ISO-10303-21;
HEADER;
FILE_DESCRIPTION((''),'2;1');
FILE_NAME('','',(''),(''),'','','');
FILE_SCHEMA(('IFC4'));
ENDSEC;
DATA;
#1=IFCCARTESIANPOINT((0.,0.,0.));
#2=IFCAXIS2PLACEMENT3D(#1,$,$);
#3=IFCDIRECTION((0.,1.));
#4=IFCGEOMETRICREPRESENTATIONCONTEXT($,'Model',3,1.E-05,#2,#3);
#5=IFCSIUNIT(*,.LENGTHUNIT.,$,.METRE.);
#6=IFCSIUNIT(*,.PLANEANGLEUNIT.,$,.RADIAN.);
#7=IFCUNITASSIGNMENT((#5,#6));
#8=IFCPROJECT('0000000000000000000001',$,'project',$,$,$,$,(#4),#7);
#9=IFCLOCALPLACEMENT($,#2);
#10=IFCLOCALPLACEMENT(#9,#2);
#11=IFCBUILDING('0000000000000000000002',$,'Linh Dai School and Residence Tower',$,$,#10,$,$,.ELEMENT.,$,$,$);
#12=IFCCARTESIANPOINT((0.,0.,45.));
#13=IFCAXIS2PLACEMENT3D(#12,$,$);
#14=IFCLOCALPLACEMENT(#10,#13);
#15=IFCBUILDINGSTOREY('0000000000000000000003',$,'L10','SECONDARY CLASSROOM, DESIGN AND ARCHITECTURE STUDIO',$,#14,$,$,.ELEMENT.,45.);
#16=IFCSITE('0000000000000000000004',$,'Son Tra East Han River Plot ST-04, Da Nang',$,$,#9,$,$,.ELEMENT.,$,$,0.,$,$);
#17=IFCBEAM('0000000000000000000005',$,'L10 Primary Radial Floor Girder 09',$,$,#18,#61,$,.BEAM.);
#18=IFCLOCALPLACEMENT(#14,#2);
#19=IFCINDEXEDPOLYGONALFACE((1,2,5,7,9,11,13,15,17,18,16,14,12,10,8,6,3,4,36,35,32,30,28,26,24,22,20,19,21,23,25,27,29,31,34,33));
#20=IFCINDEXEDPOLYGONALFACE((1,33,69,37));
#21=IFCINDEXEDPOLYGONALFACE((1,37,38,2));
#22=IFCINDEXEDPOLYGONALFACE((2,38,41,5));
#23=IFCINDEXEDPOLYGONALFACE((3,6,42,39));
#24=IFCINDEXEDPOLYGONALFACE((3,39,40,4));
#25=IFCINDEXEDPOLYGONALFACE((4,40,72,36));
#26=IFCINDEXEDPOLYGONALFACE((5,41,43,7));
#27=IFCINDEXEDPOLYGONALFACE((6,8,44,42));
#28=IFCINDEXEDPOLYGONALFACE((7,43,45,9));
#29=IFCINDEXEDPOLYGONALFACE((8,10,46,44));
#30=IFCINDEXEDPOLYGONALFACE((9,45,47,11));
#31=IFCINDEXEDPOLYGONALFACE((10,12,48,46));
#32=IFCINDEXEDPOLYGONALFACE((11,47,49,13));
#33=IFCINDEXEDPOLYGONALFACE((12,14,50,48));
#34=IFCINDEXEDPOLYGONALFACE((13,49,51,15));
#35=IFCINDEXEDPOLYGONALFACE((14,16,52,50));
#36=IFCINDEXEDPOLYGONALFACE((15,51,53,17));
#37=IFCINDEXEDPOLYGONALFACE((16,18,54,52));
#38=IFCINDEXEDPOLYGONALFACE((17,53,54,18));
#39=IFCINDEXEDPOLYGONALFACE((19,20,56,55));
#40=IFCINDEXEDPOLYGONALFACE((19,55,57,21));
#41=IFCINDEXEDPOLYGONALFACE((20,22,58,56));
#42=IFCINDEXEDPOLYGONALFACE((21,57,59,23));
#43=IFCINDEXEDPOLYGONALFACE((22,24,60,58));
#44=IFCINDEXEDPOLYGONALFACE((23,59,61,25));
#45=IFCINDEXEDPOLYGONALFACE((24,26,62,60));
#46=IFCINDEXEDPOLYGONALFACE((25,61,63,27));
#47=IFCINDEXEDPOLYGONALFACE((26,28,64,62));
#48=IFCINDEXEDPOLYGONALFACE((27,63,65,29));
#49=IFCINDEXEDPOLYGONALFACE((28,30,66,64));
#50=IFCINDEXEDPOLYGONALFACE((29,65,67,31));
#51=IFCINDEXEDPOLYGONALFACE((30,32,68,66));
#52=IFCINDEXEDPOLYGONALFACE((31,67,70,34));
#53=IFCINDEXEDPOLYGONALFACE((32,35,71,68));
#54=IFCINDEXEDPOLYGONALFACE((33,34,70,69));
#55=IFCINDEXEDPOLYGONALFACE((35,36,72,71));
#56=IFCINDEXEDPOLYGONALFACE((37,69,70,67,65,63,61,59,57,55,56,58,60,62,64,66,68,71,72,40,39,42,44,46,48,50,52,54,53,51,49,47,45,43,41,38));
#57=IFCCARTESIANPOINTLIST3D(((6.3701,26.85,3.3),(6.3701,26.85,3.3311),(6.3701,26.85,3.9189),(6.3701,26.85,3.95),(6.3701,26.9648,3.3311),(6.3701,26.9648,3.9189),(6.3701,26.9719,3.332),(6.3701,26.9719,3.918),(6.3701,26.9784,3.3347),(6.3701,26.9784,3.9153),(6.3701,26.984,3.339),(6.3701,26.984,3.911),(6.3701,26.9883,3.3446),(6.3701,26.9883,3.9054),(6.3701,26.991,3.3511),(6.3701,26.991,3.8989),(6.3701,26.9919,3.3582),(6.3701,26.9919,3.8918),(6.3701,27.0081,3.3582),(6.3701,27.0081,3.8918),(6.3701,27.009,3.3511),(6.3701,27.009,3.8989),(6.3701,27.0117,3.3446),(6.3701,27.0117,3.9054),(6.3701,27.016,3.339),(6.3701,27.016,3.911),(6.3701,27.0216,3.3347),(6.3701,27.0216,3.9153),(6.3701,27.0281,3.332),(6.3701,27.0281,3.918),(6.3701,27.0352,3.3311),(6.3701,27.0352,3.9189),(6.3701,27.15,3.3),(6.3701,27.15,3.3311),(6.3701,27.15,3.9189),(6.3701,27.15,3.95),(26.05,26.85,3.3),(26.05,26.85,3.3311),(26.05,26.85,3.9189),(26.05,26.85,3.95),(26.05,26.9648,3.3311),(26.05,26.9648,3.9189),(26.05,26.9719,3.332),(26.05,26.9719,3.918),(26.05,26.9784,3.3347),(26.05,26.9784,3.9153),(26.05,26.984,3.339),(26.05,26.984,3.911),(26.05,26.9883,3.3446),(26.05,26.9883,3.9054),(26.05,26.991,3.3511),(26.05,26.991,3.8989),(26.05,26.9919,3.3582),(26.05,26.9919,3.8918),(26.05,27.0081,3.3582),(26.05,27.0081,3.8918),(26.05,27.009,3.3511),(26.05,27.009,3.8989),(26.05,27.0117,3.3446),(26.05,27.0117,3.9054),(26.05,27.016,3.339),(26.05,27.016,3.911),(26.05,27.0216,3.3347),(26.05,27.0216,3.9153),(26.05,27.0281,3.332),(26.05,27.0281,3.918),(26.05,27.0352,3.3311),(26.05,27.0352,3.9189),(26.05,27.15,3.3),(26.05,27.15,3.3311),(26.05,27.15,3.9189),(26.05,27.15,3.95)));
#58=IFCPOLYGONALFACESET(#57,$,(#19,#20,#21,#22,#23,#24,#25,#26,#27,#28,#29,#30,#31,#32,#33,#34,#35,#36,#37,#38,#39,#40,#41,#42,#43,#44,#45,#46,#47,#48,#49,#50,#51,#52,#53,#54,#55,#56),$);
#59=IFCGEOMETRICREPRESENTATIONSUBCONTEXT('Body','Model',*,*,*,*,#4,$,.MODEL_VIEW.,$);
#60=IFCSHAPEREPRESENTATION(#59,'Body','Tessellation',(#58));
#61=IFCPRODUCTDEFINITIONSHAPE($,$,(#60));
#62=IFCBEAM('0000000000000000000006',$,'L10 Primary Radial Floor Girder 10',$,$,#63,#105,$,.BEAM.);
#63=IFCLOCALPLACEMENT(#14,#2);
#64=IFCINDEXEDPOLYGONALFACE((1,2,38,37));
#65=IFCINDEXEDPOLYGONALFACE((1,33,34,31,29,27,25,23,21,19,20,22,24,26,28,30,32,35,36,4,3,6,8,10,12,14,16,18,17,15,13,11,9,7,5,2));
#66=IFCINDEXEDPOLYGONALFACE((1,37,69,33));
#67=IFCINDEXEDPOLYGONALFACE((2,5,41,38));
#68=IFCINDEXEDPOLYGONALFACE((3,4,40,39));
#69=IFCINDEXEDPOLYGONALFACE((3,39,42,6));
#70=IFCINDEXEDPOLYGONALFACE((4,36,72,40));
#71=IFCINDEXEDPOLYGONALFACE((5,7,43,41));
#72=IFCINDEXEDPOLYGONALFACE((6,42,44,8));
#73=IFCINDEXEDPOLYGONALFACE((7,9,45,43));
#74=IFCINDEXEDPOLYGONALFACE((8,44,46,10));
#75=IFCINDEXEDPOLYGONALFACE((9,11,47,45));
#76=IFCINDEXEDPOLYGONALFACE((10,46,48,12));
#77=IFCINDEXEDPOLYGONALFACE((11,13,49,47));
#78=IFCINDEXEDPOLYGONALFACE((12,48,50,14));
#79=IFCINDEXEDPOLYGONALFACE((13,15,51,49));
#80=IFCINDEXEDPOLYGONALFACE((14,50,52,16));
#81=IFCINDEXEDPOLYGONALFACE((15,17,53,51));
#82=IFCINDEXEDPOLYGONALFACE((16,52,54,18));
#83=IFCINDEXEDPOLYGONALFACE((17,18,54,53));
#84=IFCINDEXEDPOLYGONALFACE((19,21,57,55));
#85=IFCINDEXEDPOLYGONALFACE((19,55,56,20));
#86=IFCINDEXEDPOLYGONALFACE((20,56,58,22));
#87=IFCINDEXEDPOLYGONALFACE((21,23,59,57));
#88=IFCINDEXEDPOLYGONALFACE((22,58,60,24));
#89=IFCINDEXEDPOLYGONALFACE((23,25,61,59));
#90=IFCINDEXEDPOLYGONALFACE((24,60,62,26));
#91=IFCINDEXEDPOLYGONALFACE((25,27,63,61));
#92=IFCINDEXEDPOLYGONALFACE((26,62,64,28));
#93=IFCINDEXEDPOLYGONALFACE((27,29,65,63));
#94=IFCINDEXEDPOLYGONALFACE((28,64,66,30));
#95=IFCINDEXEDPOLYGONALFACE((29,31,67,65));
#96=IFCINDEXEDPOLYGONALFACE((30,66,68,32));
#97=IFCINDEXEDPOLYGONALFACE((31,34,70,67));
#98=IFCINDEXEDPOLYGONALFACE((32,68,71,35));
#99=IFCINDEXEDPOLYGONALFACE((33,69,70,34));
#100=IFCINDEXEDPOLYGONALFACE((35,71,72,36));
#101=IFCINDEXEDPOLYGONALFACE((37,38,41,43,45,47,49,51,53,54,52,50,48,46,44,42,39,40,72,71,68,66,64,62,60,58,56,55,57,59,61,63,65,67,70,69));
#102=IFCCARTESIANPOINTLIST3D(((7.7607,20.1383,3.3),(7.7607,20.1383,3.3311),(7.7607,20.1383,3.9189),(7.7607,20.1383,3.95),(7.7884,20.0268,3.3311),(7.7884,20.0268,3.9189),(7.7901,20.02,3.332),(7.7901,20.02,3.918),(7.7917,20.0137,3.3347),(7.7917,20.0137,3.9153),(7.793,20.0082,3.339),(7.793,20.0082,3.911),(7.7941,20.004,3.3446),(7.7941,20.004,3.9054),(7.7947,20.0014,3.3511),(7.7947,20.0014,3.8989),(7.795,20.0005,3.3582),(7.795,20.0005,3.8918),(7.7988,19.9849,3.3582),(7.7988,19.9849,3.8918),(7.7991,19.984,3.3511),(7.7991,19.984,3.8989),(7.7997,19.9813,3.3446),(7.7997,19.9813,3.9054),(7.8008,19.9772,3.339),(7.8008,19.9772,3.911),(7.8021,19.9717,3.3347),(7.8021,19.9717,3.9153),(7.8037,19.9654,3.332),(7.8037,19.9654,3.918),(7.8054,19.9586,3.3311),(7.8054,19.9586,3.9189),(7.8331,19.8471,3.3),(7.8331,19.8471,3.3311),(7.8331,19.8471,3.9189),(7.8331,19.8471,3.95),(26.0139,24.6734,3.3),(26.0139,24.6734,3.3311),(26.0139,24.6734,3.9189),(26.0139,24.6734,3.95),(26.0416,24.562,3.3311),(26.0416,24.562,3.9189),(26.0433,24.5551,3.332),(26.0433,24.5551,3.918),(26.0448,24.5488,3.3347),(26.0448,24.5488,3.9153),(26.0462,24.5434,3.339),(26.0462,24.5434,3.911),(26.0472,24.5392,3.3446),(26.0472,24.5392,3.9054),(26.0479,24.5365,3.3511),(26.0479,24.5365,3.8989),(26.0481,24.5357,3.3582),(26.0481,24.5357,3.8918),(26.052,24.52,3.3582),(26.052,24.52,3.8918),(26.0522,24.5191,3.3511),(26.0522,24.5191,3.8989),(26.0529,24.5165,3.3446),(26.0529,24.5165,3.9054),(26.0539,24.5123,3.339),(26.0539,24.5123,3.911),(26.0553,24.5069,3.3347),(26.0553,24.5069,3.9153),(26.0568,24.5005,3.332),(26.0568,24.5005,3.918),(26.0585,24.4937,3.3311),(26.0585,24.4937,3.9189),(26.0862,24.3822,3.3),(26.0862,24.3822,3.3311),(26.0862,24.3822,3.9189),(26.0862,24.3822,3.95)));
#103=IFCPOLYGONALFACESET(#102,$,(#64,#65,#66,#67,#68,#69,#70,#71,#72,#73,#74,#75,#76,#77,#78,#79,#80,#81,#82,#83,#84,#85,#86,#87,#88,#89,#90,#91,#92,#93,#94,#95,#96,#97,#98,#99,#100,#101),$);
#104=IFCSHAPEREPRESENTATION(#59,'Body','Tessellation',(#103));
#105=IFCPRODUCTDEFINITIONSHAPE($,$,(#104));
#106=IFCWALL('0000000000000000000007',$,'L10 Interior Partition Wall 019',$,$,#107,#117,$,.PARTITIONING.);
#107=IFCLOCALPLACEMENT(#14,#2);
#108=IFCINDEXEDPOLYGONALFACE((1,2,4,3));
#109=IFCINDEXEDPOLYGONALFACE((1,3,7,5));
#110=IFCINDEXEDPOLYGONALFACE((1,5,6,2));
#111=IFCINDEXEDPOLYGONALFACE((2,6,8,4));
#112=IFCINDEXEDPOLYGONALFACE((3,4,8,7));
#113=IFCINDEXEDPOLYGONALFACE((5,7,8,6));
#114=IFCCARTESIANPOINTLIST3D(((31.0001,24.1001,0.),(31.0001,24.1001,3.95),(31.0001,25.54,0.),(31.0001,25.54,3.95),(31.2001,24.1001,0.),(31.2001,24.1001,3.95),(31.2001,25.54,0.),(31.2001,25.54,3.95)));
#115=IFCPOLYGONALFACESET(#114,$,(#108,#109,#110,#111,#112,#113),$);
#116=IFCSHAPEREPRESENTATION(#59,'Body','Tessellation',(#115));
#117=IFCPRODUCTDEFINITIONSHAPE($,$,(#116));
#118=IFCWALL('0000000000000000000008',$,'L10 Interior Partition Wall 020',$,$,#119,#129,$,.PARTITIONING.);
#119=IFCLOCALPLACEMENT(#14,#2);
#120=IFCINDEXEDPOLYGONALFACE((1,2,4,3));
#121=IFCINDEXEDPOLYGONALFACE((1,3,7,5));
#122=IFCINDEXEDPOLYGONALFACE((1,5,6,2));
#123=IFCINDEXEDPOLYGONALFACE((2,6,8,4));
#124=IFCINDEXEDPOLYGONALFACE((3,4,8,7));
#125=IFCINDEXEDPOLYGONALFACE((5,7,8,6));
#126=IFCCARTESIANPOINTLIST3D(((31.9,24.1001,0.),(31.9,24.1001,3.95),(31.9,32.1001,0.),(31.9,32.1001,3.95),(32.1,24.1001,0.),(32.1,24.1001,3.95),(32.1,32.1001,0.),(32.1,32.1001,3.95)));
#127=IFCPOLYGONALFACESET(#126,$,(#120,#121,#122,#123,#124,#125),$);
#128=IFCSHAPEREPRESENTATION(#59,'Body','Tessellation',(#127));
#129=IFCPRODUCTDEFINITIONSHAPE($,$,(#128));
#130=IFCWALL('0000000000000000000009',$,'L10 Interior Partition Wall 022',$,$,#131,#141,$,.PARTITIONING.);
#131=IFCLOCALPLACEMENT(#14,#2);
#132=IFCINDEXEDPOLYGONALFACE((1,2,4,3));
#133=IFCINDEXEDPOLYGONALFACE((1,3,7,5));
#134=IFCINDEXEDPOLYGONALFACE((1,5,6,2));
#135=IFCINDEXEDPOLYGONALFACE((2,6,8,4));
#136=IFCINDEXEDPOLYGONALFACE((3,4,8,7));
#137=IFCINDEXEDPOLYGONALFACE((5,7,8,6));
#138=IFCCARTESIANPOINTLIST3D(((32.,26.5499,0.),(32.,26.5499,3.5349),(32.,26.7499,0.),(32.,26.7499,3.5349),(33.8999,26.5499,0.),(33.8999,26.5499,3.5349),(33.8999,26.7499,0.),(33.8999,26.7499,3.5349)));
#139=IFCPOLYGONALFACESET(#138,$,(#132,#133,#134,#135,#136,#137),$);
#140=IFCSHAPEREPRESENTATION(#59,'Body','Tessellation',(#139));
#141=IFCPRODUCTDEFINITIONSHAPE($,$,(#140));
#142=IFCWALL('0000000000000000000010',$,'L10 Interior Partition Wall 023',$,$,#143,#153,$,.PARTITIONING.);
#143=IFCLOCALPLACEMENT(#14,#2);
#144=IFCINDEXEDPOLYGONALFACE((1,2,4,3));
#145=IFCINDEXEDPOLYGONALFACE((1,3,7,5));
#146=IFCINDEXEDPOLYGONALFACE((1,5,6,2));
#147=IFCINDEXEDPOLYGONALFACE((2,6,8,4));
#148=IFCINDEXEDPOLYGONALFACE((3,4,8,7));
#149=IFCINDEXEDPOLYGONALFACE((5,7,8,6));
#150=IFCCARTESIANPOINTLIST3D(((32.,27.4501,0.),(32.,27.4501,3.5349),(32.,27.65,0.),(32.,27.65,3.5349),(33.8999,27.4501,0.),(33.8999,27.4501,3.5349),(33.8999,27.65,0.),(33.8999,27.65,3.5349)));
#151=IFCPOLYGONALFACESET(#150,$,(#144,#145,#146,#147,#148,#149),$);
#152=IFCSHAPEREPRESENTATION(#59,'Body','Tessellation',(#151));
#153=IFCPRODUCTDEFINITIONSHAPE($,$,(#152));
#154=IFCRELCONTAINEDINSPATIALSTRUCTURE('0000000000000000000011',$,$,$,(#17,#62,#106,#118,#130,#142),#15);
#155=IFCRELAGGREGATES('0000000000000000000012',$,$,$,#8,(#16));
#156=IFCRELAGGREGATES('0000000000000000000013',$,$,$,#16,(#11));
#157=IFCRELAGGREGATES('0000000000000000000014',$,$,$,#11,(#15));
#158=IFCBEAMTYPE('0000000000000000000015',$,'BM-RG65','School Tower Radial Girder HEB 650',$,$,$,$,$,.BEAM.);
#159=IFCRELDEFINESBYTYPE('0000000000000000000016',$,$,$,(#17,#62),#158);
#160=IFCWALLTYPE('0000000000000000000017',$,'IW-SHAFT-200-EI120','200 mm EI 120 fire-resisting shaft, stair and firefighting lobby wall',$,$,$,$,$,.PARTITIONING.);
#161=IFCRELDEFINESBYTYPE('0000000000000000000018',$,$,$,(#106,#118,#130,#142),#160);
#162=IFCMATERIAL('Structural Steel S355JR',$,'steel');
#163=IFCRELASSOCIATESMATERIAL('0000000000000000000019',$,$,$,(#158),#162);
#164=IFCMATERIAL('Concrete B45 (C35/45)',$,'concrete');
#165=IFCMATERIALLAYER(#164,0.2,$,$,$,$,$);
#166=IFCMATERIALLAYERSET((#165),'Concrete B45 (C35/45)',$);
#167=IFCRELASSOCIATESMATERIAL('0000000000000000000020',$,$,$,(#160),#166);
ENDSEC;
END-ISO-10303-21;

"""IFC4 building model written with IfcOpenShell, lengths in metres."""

from ifc_helpers import new_model, si_unit, direction, frame, frame_2d, origin, origin_2d, place, context, subcontext, project, spatial, rectangle, i_section, extrude, material, layer, layer_set, material_profile, profile_set, type_object, element, save


model = new_model("IFC4")

# Units and contexts
model_context = context("Model", 3, precision=1e-05, world=origin(), true_north=direction((0.0, 1.0)))
body_context = subcontext(model_context, "Body", "Model", "MODEL_VIEW")
ifc_project = project(units=[si_unit("LENGTHUNIT", "METRE"), si_unit("PLANEANGLEUNIT", "RADIAN")], contexts=[model_context])

# Site, building, storey
site_placement = place(None, origin())
site = spatial("IfcSite", under=ifc_project, at=site_placement, Name="Son Tra East Han River Plot ST-04, Da Nang", CompositionType="ELEMENT", RefElevation=0.0)
building_placement = place(site_placement, origin())
building = spatial("IfcBuilding", under=site, at=building_placement, Name="Linh Dai School and Residence Tower", CompositionType="ELEMENT")
storey_placement = place(building_placement, frame((0.0, 0.0, 45.0)))
storey = spatial("IfcBuildingStorey", under=building, at=storey_placement, Name="L10", Description="SECONDARY CLASSROOM, DESIGN AND ARCHITECTURE STUDIO", CompositionType="ELEMENT", Elevation=45.0)

# Shared definitions
ifc_material_1 = material(Name="Structural Steel S355JR", Category="steel")

# Beams
ifc_material_profile_1 = material_profile(ifc_material_1, i_section(OverallWidth=0.3, OverallDepth=0.6499, WebThickness=0.0161, FlangeThickness=0.031, FilletRadius=0.0271, at=origin_2d()), Name="HEB 650")
ifc_profile_set_1 = profile_set([ifc_material_profile_1], Name="Structural Steel S355JR")
beam_type = type_object("IfcBeamType", Name="BM-RG65", Description="School Tower Radial Girder HEB 650", PredefinedType="BEAM", material=ifc_profile_set_1)
beam_1_placement = place(storey_placement, frame((26.05, 27.0, 3.625), z_axis=(-1.0, 0.0, 0.0), x_axis=(0.0, -1.0, 0.0)))
element("IfcBeam", 1, at=beam_1_placement, inside=storey, type_object=beam_type, Name="L10 Primary Radial Floor Girder 09", PredefinedType="BEAM", context=body_context, shape_type="SweptSolid", body=[
    extrude(i_section(OverallWidth=0.3, OverallDepth=0.6499, WebThickness=0.0161, FlangeThickness=0.031, FilletRadius=0.0271, at=origin_2d()), origin(), (0.0, 0.0, 1.0), 19.6799),
])
beam_2_placement = place(storey_placement, frame((26.05, 24.5278, 3.625), z_axis=(-0.970493, -0.241127, 0.0), x_axis=(0.241127, -0.970493, 0.0)))
element("IfcBeam", 2, at=beam_2_placement, inside=storey, type_object=beam_type, Name="L10 Primary Radial Floor Girder 10", PredefinedType="BEAM", context=body_context, shape_type="SweptSolid", body=[
    extrude(i_section(OverallWidth=0.3, OverallDepth=0.6499, WebThickness=0.0161, FlangeThickness=0.031, FilletRadius=0.0271, at=origin_2d()), origin(), (0.0, 0.0, 1.0), 18.8081),
])

# Shared definitions
ifc_material_2 = material(Name="Concrete B45 (C35/45)", Category="concrete")
ifc_layer_1 = layer(ifc_material_2, 0.2)
ifc_layer_set_1 = layer_set([ifc_layer_1], Name="Concrete B45 (C35/45)")
wall_type_1 = type_object("IfcWallType", Name="IW-SHAFT-200-EI120", Description="200 mm EI 120 fire-resisting shaft, stair and firefighting lobby wall", PredefinedType="PARTITIONING", material=ifc_layer_set_1)

# Walls
wall_1_placement = place(storey_placement, frame((31.1001, 24.1001, 0.0), z_axis=(0.0, 0.0, 1.0), x_axis=(0.0, 1.0, 0.0)))
element("IfcWall", 3, at=wall_1_placement, inside=storey, type_object=wall_type_1, Name="L10 Interior Partition Wall 019", PredefinedType="PARTITIONING", context=body_context, shape_type="SweptSolid", body=[
    extrude(rectangle(XDim=1.4399, YDim=0.2, at=frame_2d((0.72, 0.0))), origin(), (0.0, 0.0, 1.0), 3.95),
])
wall_2_placement = place(storey_placement, frame((32.0, 24.1001, 0.0), z_axis=(0.0, 0.0, 1.0), x_axis=(0.0, 1.0, 0.0)))
element("IfcWall", 4, at=wall_2_placement, inside=storey, type_object=wall_type_1, Name="L10 Interior Partition Wall 020", PredefinedType="PARTITIONING", context=body_context, shape_type="SweptSolid", body=[
    extrude(rectangle(XDim=8.0, YDim=0.2, at=frame_2d((4.0, 0.0))), origin(), (0.0, 0.0, 1.0), 3.95),
])

# Walls
for number, where, z_axis, x_axis, name in (
    (5, (32.0, 26.6499, 0.0), (0.0, 0.0, 1.0), (1.0, 0.0, 0.0), "L10 Interior Partition Wall 022"),
    (6, (32.0, 27.55, 0.0), (0.0, 0.0, 1.0), (1.0, 0.0, 0.0), "L10 Interior Partition Wall 023"),
):
    element("IfcWall", number, at=place(storey_placement, frame(where, z_axis=z_axis, x_axis=x_axis)), inside=storey, type_object=wall_type_1, Name=name, PredefinedType="PARTITIONING", context=body_context, shape_type="SweptSolid", body=[
        extrude(rectangle(XDim=1.8999, YDim=0.2, at=frame_2d((0.95, 0.0))), origin(), (0.0, 0.0, 1.0), 3.5349),
    ])

save(model, "model.ifc")
